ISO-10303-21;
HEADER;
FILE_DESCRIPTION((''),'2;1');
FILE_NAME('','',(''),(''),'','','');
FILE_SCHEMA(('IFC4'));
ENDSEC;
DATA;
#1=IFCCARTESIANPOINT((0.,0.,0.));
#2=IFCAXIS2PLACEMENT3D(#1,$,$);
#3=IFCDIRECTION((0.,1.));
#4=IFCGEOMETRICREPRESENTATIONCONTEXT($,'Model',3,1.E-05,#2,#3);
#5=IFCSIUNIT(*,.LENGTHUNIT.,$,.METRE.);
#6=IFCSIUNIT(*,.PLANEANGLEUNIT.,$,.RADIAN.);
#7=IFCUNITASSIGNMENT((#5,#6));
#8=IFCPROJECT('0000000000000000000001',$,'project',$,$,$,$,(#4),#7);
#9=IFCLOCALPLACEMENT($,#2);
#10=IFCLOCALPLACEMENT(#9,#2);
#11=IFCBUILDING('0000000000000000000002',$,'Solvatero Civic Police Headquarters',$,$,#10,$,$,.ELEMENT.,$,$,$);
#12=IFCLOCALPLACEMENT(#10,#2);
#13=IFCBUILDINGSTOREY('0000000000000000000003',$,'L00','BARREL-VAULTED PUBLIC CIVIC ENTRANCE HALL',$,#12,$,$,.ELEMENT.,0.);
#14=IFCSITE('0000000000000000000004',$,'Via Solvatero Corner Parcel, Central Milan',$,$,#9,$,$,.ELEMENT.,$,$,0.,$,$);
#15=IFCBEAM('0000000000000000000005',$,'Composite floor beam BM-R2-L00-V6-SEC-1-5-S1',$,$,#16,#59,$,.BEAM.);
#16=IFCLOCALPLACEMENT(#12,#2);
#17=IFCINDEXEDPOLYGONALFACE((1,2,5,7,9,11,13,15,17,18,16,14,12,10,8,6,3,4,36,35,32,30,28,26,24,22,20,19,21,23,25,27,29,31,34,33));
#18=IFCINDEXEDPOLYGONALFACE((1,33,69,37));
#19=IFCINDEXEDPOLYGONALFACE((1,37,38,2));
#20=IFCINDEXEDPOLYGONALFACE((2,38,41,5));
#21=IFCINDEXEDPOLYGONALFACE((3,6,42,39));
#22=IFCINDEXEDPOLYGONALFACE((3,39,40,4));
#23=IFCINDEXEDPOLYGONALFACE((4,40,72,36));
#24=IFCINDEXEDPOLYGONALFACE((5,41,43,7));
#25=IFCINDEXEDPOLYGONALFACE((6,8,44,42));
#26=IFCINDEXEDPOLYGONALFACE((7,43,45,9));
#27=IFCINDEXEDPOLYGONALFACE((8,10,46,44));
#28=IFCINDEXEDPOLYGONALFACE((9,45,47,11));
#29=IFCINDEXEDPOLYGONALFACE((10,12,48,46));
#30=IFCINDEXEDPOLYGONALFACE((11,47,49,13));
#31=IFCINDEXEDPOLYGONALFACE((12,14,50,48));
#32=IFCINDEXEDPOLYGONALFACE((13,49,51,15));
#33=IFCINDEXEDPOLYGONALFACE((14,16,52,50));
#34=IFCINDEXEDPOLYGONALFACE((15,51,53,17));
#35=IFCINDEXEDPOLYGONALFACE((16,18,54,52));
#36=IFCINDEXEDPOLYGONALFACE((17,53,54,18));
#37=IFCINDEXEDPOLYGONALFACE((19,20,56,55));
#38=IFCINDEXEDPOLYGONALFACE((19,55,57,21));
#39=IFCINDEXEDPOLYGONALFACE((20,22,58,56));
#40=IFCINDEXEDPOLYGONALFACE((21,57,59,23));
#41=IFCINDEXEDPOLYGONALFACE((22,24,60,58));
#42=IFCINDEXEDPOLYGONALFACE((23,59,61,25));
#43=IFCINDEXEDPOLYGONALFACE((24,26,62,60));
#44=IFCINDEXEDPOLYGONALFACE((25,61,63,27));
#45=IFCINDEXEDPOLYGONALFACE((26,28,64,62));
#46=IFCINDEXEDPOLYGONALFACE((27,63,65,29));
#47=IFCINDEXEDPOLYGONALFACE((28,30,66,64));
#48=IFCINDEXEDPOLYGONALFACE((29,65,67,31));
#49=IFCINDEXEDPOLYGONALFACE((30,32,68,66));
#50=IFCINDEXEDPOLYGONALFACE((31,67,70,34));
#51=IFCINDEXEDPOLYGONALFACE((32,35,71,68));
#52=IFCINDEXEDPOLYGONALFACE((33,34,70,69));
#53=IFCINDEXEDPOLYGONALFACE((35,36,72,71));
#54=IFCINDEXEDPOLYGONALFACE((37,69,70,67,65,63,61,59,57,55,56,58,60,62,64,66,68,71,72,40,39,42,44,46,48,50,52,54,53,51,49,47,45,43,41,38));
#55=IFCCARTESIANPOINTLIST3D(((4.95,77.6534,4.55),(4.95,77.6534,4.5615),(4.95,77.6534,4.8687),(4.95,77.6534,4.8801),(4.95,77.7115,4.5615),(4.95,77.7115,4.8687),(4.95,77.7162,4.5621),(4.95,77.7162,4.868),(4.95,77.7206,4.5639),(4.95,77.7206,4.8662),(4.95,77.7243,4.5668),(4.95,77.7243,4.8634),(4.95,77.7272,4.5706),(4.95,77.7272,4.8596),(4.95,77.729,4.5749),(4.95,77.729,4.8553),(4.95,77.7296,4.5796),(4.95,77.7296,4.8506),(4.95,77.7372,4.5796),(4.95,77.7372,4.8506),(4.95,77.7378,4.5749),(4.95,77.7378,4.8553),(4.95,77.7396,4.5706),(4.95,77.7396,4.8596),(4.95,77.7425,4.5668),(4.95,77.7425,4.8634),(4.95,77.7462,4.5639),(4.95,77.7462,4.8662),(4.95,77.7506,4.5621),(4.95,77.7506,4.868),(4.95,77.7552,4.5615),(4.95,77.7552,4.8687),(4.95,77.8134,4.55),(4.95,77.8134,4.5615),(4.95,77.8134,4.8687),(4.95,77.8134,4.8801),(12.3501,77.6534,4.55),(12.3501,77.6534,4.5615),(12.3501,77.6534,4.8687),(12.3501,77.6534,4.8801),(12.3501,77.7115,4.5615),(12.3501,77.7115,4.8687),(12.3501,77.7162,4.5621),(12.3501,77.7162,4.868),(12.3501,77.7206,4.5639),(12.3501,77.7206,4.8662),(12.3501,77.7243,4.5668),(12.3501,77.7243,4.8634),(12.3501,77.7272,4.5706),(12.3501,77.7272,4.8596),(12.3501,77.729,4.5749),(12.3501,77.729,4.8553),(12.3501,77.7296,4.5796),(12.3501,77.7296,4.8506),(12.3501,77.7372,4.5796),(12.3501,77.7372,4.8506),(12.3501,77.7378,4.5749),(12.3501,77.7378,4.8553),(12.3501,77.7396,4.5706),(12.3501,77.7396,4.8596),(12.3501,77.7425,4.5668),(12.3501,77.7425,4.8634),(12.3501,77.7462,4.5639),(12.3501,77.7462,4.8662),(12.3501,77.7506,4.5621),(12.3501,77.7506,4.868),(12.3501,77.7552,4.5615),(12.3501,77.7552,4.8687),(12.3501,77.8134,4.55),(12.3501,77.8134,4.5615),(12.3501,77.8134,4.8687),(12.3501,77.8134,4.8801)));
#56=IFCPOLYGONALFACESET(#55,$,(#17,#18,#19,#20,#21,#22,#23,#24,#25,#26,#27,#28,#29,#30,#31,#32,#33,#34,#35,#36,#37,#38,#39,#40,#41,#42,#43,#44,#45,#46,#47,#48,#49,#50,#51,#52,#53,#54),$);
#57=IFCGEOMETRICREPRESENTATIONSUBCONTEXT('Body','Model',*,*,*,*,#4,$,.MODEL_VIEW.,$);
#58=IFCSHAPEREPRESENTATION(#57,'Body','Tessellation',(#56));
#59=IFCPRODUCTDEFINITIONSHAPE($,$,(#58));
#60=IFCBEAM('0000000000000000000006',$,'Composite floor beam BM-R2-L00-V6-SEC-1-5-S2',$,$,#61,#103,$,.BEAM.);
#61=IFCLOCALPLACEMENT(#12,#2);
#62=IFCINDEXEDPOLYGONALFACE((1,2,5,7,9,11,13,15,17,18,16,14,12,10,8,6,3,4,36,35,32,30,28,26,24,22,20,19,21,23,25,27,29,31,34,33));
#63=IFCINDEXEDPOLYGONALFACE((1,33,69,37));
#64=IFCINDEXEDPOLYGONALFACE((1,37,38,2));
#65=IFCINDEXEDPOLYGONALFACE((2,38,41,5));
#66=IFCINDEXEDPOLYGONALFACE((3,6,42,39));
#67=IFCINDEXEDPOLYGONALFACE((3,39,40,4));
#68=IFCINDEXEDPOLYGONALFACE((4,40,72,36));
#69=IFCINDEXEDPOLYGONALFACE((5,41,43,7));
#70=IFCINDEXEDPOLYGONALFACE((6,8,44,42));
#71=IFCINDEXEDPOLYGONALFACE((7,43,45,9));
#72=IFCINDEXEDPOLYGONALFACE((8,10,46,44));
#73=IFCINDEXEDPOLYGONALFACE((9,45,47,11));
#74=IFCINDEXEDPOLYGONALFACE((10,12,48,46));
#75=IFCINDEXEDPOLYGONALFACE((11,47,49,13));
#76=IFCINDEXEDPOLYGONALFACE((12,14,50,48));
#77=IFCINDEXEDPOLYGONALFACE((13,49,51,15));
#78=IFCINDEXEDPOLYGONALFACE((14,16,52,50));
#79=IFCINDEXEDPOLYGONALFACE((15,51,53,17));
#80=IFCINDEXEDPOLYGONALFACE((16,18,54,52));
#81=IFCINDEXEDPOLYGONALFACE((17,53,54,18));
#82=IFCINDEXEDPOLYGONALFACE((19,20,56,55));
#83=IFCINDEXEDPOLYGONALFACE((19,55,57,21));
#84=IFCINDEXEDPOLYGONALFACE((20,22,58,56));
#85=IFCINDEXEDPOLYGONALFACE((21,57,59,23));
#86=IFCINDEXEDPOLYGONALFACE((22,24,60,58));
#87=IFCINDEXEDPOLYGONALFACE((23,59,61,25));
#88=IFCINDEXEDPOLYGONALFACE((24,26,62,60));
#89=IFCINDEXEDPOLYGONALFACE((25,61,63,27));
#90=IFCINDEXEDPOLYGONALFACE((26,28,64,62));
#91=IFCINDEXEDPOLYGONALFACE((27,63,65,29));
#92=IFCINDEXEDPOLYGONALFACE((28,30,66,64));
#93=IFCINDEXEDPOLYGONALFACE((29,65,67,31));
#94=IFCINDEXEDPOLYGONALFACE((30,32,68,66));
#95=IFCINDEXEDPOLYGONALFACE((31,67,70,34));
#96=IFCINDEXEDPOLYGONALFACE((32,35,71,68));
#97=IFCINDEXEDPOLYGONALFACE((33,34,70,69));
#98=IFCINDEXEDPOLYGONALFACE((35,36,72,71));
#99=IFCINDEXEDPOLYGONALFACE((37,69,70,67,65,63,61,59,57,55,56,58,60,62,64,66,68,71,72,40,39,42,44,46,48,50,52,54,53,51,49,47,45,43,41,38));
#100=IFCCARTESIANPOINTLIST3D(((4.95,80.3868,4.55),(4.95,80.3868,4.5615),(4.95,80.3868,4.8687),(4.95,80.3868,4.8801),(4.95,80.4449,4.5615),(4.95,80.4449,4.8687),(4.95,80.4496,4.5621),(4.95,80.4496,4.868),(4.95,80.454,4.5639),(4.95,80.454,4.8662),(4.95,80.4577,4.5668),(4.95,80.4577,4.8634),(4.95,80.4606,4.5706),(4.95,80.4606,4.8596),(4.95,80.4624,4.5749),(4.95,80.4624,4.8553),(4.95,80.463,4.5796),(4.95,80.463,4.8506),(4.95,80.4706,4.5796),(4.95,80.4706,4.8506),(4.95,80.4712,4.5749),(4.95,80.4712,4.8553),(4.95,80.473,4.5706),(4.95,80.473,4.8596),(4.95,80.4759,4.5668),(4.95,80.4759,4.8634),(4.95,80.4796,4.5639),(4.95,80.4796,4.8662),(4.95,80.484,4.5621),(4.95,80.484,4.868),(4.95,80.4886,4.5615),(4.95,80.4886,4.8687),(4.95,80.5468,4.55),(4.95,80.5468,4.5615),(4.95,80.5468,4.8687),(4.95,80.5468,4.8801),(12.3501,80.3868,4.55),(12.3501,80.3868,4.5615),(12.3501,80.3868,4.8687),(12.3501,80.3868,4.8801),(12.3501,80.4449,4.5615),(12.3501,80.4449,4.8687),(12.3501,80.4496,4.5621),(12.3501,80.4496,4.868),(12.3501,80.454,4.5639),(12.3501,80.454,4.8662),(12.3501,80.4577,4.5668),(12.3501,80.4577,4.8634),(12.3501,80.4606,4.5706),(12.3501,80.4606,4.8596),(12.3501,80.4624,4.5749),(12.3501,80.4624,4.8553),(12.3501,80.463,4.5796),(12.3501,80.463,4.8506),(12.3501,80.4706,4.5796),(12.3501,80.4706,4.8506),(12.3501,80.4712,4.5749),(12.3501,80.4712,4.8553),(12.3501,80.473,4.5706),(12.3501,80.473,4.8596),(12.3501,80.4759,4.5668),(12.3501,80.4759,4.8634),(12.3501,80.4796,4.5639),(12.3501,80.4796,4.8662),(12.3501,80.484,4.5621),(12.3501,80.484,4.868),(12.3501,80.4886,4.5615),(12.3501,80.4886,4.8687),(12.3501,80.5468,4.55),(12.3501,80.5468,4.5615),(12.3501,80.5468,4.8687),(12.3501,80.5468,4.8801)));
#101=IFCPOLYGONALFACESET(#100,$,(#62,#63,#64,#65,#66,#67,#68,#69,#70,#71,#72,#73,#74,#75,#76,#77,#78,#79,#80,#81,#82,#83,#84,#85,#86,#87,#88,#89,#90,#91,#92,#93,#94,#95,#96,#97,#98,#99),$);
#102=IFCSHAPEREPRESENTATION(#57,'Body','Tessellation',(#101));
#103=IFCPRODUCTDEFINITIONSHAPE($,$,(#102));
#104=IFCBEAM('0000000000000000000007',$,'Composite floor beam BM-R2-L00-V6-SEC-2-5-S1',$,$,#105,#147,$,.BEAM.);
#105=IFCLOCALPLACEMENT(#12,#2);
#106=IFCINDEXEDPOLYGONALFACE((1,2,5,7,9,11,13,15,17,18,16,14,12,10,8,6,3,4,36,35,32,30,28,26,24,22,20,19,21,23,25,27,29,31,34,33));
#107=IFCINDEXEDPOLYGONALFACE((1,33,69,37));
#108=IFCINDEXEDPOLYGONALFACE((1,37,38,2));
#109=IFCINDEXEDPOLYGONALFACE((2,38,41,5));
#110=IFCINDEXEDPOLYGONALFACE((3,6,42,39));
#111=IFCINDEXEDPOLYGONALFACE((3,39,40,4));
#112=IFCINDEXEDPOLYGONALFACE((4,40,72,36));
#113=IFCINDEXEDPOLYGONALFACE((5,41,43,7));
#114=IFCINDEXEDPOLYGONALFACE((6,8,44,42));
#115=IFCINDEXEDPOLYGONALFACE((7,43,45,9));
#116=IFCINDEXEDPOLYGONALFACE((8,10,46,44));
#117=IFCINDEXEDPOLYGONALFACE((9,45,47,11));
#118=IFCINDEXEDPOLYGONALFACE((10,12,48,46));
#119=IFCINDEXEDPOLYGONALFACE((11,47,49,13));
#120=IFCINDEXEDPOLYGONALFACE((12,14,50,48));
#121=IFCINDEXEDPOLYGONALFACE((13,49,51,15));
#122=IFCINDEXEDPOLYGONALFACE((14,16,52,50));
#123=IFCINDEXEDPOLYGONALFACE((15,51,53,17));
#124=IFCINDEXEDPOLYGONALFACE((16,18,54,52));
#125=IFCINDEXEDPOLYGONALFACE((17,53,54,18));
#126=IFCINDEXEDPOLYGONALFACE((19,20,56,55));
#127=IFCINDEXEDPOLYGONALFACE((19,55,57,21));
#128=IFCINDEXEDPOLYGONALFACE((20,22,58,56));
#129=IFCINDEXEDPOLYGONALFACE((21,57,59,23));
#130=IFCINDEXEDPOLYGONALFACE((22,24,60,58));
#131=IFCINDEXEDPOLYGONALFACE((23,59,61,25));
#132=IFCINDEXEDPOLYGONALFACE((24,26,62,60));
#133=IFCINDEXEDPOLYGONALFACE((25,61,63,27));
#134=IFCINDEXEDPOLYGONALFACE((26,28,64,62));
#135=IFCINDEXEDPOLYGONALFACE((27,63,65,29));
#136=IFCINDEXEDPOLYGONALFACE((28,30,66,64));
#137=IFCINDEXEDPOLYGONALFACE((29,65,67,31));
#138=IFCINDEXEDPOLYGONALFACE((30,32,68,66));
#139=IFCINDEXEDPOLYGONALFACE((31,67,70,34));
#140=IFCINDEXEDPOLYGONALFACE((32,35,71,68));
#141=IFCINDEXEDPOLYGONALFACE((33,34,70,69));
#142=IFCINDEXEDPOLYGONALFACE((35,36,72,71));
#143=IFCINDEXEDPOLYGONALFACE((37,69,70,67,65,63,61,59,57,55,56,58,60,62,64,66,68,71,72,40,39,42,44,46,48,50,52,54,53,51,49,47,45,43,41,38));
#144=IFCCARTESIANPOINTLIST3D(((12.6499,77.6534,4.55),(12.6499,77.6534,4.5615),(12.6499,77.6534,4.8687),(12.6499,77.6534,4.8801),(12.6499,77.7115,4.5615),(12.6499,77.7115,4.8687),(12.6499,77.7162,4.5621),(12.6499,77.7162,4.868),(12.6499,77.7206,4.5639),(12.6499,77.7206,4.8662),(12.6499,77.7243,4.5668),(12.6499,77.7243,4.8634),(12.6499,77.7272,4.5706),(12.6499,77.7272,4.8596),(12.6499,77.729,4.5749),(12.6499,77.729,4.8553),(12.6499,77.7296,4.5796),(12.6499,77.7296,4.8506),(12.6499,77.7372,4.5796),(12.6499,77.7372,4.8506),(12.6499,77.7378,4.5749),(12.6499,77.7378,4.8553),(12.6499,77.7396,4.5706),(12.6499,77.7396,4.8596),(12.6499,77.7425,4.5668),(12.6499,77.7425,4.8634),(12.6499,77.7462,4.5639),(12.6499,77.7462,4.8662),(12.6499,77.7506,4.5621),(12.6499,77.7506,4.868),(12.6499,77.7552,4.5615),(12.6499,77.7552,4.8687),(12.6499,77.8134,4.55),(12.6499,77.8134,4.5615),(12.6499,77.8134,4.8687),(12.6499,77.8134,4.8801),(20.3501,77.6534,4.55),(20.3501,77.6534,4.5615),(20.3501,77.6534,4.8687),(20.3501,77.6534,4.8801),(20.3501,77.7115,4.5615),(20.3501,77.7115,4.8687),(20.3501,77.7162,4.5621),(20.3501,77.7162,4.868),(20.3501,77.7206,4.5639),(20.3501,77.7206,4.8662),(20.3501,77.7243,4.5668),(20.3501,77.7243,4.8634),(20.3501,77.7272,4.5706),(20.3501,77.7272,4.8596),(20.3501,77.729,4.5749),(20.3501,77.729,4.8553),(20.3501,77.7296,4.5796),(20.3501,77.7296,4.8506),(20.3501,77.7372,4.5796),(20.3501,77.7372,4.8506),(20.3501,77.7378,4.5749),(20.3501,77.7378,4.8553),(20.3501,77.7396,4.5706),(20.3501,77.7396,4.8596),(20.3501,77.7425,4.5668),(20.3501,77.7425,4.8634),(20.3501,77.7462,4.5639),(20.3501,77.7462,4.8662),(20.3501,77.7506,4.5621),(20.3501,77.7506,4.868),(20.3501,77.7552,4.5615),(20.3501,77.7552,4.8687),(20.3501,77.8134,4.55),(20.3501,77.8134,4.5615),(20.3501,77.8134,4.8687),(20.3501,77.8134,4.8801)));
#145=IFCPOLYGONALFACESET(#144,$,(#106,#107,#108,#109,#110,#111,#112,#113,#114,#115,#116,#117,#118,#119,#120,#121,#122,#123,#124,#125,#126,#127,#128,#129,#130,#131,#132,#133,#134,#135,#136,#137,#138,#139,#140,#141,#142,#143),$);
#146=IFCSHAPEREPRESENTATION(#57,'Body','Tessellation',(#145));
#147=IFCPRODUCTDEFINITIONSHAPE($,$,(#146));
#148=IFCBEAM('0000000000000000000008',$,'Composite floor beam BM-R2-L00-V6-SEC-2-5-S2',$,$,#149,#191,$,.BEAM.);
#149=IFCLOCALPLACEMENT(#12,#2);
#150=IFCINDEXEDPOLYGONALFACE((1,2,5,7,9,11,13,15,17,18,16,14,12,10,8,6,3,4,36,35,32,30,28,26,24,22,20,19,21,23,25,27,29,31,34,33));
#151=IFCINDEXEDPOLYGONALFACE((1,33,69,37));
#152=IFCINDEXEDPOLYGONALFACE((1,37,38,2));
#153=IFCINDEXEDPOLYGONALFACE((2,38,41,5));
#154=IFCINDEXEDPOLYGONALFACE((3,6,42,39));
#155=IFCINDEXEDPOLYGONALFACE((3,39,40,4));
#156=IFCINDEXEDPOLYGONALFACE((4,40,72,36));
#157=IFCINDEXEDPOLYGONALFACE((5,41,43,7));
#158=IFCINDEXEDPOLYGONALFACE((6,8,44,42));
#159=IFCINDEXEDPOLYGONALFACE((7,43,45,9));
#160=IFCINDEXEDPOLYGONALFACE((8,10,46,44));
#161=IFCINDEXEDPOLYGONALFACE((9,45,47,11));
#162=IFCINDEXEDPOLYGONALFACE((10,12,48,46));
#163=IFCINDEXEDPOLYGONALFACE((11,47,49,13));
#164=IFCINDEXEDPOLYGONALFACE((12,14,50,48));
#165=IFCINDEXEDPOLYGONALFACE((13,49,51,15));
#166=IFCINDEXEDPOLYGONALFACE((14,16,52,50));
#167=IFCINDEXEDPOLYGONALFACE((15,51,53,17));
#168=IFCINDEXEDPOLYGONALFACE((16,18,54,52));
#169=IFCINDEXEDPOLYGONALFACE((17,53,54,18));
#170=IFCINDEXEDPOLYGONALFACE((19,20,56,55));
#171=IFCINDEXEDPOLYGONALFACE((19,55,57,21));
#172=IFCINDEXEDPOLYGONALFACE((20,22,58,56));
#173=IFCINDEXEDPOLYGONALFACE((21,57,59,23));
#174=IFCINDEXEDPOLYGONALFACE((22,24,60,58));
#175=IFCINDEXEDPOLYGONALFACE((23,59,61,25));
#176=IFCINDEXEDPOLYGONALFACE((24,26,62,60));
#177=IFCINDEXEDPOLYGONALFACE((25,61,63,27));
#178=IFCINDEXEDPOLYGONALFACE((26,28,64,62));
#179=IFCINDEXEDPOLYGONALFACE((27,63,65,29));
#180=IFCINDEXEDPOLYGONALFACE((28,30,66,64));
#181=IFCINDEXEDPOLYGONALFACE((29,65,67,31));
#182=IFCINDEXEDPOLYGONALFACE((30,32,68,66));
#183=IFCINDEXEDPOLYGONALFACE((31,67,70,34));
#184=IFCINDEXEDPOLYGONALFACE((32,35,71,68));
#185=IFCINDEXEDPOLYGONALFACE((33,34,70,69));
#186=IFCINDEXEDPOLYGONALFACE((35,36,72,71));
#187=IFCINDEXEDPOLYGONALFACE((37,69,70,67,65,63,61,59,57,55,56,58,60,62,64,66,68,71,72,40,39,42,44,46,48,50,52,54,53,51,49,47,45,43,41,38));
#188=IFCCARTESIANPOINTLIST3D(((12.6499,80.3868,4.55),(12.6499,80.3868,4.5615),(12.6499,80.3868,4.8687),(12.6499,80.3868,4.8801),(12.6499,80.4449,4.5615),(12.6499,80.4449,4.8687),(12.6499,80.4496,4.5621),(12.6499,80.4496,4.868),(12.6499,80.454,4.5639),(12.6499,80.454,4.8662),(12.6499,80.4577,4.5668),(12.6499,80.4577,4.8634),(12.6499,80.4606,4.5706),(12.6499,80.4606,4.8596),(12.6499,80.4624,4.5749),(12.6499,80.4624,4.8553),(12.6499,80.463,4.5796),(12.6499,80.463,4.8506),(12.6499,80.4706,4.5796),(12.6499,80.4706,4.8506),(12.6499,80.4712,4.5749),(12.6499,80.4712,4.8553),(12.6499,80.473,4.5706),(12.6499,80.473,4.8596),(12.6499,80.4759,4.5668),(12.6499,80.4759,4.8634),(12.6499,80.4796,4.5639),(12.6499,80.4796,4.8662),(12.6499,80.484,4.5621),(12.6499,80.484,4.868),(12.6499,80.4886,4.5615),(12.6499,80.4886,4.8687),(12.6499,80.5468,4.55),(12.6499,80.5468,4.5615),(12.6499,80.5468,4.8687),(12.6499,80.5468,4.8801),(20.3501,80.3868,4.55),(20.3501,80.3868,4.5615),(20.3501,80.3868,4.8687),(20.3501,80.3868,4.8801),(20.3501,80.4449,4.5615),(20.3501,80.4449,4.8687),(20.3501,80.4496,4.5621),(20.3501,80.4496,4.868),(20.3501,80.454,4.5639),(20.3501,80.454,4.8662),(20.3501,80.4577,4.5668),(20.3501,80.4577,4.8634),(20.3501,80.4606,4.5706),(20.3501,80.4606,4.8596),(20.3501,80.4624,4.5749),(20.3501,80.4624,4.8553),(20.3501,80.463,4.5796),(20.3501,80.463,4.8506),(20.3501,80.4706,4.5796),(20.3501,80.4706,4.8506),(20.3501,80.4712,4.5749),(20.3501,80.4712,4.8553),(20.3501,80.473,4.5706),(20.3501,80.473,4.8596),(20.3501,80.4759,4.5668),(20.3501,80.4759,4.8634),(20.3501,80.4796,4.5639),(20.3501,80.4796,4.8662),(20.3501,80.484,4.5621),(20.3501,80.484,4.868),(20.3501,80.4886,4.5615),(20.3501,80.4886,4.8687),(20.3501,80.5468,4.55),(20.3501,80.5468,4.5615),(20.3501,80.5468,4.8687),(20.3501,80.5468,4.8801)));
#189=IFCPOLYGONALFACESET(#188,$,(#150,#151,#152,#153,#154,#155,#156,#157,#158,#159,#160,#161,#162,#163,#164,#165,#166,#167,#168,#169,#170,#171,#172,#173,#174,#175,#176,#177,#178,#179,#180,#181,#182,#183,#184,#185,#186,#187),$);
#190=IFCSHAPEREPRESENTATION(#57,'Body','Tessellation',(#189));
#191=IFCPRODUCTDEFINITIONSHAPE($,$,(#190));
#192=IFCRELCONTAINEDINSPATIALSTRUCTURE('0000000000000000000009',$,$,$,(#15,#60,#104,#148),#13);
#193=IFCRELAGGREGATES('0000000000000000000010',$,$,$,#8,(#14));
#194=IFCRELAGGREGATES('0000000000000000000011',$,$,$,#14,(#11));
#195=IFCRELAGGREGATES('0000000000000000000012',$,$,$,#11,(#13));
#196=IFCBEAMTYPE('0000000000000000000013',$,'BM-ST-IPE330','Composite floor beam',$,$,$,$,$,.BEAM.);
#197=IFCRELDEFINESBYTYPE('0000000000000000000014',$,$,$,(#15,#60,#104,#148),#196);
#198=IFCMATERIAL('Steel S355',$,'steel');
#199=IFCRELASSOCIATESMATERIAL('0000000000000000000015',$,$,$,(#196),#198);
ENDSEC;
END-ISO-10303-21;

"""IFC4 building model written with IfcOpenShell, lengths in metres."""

from ifc_helpers import new_model, si_unit, direction, frame, origin, origin_2d, place, context, subcontext, project, spatial, i_section, extrude, material, material_profile, profile_set, type_object, element, save


model = new_model("IFC4")

# Units and contexts
model_context = context("Model", 3, precision=1e-05, world=origin(), true_north=direction((0.0, 1.0)))
body_context = subcontext(model_context, "Body", "Model", "MODEL_VIEW")
ifc_project = project(units=[si_unit("LENGTHUNIT", "METRE"), si_unit("PLANEANGLEUNIT", "RADIAN")], contexts=[model_context])

# Site, building, storey
site_placement = place(None, origin())
site = spatial("IfcSite", under=ifc_project, at=site_placement, Name="Via Solvatero Corner Parcel, Central Milan", CompositionType="ELEMENT", RefElevation=0.0)
building_placement = place(site_placement, origin())
building = spatial("IfcBuilding", under=site, at=building_placement, Name="Solvatero Civic Police Headquarters", CompositionType="ELEMENT")
storey_placement = place(building_placement, origin())
storey = spatial("IfcBuildingStorey", under=building, at=storey_placement, Name="L00", Description="BARREL-VAULTED PUBLIC CIVIC ENTRANCE HALL", CompositionType="ELEMENT", Elevation=0.0)

# Beams
ifc_material_1 = material(Name="Steel S355", Category="steel")
ifc_material_profile_1 = material_profile(ifc_material_1, i_section(OverallWidth=0.1599, OverallDepth=0.3301, WebThickness=0.0076, FlangeThickness=0.0115, FilletRadius=0.0181, at=origin_2d()), Name="IPE 330")
ifc_profile_set_1 = profile_set([ifc_material_profile_1], Name="Steel S355")
beam_type_1 = type_object("IfcBeamType", Name="BM-ST-IPE330", Description="Composite floor beam", PredefinedType="BEAM", material=ifc_profile_set_1)
for number, where, z_axis, x_axis, name in (
    (1, (4.95, 77.7334, 4.7151), (1.0, 0.0, 0.0), (0.0, 1.0, 0.0), "Composite floor beam BM-R2-L00-V6-SEC-1-5-S1"),
    (2, (4.95, 80.4668, 4.7151), (1.0, 0.0, 0.0), (0.0, 1.0, 0.0), "Composite floor beam BM-R2-L00-V6-SEC-1-5-S2"),
):
    element("IfcBeam", number, at=place(storey_placement, frame(where, z_axis=z_axis, x_axis=x_axis)), inside=storey, type_object=beam_type_1, Name=name, PredefinedType="BEAM", context=body_context, shape_type="SweptSolid", body=[
        extrude(i_section(OverallWidth=0.1599, OverallDepth=0.3301, WebThickness=0.0076, FlangeThickness=0.0115, FilletRadius=0.0181, at=origin_2d()), origin(), (0.0, 0.0, 1.0), 7.4001),
    ])
for number, where, z_axis, x_axis, name in (
    (3, (12.6499, 77.7334, 4.7151), (1.0, 0.0, 0.0), (0.0, 1.0, 0.0), "Composite floor beam BM-R2-L00-V6-SEC-2-5-S1"),
    (4, (12.6499, 80.4668, 4.7151), (1.0, 0.0, 0.0), (0.0, 1.0, 0.0), "Composite floor beam BM-R2-L00-V6-SEC-2-5-S2"),
):
    element("IfcBeam", number, at=place(storey_placement, frame(where, z_axis=z_axis, x_axis=x_axis)), inside=storey, type_object=beam_type_1, Name=name, PredefinedType="BEAM", context=body_context, shape_type="SweptSolid", body=[
        extrude(i_section(OverallWidth=0.1599, OverallDepth=0.3301, WebThickness=0.0076, FlangeThickness=0.0115, FilletRadius=0.0181, at=origin_2d()), origin(), (0.0, 0.0, 1.0), 7.7002),
    ])

save(model, "model.ifc")
